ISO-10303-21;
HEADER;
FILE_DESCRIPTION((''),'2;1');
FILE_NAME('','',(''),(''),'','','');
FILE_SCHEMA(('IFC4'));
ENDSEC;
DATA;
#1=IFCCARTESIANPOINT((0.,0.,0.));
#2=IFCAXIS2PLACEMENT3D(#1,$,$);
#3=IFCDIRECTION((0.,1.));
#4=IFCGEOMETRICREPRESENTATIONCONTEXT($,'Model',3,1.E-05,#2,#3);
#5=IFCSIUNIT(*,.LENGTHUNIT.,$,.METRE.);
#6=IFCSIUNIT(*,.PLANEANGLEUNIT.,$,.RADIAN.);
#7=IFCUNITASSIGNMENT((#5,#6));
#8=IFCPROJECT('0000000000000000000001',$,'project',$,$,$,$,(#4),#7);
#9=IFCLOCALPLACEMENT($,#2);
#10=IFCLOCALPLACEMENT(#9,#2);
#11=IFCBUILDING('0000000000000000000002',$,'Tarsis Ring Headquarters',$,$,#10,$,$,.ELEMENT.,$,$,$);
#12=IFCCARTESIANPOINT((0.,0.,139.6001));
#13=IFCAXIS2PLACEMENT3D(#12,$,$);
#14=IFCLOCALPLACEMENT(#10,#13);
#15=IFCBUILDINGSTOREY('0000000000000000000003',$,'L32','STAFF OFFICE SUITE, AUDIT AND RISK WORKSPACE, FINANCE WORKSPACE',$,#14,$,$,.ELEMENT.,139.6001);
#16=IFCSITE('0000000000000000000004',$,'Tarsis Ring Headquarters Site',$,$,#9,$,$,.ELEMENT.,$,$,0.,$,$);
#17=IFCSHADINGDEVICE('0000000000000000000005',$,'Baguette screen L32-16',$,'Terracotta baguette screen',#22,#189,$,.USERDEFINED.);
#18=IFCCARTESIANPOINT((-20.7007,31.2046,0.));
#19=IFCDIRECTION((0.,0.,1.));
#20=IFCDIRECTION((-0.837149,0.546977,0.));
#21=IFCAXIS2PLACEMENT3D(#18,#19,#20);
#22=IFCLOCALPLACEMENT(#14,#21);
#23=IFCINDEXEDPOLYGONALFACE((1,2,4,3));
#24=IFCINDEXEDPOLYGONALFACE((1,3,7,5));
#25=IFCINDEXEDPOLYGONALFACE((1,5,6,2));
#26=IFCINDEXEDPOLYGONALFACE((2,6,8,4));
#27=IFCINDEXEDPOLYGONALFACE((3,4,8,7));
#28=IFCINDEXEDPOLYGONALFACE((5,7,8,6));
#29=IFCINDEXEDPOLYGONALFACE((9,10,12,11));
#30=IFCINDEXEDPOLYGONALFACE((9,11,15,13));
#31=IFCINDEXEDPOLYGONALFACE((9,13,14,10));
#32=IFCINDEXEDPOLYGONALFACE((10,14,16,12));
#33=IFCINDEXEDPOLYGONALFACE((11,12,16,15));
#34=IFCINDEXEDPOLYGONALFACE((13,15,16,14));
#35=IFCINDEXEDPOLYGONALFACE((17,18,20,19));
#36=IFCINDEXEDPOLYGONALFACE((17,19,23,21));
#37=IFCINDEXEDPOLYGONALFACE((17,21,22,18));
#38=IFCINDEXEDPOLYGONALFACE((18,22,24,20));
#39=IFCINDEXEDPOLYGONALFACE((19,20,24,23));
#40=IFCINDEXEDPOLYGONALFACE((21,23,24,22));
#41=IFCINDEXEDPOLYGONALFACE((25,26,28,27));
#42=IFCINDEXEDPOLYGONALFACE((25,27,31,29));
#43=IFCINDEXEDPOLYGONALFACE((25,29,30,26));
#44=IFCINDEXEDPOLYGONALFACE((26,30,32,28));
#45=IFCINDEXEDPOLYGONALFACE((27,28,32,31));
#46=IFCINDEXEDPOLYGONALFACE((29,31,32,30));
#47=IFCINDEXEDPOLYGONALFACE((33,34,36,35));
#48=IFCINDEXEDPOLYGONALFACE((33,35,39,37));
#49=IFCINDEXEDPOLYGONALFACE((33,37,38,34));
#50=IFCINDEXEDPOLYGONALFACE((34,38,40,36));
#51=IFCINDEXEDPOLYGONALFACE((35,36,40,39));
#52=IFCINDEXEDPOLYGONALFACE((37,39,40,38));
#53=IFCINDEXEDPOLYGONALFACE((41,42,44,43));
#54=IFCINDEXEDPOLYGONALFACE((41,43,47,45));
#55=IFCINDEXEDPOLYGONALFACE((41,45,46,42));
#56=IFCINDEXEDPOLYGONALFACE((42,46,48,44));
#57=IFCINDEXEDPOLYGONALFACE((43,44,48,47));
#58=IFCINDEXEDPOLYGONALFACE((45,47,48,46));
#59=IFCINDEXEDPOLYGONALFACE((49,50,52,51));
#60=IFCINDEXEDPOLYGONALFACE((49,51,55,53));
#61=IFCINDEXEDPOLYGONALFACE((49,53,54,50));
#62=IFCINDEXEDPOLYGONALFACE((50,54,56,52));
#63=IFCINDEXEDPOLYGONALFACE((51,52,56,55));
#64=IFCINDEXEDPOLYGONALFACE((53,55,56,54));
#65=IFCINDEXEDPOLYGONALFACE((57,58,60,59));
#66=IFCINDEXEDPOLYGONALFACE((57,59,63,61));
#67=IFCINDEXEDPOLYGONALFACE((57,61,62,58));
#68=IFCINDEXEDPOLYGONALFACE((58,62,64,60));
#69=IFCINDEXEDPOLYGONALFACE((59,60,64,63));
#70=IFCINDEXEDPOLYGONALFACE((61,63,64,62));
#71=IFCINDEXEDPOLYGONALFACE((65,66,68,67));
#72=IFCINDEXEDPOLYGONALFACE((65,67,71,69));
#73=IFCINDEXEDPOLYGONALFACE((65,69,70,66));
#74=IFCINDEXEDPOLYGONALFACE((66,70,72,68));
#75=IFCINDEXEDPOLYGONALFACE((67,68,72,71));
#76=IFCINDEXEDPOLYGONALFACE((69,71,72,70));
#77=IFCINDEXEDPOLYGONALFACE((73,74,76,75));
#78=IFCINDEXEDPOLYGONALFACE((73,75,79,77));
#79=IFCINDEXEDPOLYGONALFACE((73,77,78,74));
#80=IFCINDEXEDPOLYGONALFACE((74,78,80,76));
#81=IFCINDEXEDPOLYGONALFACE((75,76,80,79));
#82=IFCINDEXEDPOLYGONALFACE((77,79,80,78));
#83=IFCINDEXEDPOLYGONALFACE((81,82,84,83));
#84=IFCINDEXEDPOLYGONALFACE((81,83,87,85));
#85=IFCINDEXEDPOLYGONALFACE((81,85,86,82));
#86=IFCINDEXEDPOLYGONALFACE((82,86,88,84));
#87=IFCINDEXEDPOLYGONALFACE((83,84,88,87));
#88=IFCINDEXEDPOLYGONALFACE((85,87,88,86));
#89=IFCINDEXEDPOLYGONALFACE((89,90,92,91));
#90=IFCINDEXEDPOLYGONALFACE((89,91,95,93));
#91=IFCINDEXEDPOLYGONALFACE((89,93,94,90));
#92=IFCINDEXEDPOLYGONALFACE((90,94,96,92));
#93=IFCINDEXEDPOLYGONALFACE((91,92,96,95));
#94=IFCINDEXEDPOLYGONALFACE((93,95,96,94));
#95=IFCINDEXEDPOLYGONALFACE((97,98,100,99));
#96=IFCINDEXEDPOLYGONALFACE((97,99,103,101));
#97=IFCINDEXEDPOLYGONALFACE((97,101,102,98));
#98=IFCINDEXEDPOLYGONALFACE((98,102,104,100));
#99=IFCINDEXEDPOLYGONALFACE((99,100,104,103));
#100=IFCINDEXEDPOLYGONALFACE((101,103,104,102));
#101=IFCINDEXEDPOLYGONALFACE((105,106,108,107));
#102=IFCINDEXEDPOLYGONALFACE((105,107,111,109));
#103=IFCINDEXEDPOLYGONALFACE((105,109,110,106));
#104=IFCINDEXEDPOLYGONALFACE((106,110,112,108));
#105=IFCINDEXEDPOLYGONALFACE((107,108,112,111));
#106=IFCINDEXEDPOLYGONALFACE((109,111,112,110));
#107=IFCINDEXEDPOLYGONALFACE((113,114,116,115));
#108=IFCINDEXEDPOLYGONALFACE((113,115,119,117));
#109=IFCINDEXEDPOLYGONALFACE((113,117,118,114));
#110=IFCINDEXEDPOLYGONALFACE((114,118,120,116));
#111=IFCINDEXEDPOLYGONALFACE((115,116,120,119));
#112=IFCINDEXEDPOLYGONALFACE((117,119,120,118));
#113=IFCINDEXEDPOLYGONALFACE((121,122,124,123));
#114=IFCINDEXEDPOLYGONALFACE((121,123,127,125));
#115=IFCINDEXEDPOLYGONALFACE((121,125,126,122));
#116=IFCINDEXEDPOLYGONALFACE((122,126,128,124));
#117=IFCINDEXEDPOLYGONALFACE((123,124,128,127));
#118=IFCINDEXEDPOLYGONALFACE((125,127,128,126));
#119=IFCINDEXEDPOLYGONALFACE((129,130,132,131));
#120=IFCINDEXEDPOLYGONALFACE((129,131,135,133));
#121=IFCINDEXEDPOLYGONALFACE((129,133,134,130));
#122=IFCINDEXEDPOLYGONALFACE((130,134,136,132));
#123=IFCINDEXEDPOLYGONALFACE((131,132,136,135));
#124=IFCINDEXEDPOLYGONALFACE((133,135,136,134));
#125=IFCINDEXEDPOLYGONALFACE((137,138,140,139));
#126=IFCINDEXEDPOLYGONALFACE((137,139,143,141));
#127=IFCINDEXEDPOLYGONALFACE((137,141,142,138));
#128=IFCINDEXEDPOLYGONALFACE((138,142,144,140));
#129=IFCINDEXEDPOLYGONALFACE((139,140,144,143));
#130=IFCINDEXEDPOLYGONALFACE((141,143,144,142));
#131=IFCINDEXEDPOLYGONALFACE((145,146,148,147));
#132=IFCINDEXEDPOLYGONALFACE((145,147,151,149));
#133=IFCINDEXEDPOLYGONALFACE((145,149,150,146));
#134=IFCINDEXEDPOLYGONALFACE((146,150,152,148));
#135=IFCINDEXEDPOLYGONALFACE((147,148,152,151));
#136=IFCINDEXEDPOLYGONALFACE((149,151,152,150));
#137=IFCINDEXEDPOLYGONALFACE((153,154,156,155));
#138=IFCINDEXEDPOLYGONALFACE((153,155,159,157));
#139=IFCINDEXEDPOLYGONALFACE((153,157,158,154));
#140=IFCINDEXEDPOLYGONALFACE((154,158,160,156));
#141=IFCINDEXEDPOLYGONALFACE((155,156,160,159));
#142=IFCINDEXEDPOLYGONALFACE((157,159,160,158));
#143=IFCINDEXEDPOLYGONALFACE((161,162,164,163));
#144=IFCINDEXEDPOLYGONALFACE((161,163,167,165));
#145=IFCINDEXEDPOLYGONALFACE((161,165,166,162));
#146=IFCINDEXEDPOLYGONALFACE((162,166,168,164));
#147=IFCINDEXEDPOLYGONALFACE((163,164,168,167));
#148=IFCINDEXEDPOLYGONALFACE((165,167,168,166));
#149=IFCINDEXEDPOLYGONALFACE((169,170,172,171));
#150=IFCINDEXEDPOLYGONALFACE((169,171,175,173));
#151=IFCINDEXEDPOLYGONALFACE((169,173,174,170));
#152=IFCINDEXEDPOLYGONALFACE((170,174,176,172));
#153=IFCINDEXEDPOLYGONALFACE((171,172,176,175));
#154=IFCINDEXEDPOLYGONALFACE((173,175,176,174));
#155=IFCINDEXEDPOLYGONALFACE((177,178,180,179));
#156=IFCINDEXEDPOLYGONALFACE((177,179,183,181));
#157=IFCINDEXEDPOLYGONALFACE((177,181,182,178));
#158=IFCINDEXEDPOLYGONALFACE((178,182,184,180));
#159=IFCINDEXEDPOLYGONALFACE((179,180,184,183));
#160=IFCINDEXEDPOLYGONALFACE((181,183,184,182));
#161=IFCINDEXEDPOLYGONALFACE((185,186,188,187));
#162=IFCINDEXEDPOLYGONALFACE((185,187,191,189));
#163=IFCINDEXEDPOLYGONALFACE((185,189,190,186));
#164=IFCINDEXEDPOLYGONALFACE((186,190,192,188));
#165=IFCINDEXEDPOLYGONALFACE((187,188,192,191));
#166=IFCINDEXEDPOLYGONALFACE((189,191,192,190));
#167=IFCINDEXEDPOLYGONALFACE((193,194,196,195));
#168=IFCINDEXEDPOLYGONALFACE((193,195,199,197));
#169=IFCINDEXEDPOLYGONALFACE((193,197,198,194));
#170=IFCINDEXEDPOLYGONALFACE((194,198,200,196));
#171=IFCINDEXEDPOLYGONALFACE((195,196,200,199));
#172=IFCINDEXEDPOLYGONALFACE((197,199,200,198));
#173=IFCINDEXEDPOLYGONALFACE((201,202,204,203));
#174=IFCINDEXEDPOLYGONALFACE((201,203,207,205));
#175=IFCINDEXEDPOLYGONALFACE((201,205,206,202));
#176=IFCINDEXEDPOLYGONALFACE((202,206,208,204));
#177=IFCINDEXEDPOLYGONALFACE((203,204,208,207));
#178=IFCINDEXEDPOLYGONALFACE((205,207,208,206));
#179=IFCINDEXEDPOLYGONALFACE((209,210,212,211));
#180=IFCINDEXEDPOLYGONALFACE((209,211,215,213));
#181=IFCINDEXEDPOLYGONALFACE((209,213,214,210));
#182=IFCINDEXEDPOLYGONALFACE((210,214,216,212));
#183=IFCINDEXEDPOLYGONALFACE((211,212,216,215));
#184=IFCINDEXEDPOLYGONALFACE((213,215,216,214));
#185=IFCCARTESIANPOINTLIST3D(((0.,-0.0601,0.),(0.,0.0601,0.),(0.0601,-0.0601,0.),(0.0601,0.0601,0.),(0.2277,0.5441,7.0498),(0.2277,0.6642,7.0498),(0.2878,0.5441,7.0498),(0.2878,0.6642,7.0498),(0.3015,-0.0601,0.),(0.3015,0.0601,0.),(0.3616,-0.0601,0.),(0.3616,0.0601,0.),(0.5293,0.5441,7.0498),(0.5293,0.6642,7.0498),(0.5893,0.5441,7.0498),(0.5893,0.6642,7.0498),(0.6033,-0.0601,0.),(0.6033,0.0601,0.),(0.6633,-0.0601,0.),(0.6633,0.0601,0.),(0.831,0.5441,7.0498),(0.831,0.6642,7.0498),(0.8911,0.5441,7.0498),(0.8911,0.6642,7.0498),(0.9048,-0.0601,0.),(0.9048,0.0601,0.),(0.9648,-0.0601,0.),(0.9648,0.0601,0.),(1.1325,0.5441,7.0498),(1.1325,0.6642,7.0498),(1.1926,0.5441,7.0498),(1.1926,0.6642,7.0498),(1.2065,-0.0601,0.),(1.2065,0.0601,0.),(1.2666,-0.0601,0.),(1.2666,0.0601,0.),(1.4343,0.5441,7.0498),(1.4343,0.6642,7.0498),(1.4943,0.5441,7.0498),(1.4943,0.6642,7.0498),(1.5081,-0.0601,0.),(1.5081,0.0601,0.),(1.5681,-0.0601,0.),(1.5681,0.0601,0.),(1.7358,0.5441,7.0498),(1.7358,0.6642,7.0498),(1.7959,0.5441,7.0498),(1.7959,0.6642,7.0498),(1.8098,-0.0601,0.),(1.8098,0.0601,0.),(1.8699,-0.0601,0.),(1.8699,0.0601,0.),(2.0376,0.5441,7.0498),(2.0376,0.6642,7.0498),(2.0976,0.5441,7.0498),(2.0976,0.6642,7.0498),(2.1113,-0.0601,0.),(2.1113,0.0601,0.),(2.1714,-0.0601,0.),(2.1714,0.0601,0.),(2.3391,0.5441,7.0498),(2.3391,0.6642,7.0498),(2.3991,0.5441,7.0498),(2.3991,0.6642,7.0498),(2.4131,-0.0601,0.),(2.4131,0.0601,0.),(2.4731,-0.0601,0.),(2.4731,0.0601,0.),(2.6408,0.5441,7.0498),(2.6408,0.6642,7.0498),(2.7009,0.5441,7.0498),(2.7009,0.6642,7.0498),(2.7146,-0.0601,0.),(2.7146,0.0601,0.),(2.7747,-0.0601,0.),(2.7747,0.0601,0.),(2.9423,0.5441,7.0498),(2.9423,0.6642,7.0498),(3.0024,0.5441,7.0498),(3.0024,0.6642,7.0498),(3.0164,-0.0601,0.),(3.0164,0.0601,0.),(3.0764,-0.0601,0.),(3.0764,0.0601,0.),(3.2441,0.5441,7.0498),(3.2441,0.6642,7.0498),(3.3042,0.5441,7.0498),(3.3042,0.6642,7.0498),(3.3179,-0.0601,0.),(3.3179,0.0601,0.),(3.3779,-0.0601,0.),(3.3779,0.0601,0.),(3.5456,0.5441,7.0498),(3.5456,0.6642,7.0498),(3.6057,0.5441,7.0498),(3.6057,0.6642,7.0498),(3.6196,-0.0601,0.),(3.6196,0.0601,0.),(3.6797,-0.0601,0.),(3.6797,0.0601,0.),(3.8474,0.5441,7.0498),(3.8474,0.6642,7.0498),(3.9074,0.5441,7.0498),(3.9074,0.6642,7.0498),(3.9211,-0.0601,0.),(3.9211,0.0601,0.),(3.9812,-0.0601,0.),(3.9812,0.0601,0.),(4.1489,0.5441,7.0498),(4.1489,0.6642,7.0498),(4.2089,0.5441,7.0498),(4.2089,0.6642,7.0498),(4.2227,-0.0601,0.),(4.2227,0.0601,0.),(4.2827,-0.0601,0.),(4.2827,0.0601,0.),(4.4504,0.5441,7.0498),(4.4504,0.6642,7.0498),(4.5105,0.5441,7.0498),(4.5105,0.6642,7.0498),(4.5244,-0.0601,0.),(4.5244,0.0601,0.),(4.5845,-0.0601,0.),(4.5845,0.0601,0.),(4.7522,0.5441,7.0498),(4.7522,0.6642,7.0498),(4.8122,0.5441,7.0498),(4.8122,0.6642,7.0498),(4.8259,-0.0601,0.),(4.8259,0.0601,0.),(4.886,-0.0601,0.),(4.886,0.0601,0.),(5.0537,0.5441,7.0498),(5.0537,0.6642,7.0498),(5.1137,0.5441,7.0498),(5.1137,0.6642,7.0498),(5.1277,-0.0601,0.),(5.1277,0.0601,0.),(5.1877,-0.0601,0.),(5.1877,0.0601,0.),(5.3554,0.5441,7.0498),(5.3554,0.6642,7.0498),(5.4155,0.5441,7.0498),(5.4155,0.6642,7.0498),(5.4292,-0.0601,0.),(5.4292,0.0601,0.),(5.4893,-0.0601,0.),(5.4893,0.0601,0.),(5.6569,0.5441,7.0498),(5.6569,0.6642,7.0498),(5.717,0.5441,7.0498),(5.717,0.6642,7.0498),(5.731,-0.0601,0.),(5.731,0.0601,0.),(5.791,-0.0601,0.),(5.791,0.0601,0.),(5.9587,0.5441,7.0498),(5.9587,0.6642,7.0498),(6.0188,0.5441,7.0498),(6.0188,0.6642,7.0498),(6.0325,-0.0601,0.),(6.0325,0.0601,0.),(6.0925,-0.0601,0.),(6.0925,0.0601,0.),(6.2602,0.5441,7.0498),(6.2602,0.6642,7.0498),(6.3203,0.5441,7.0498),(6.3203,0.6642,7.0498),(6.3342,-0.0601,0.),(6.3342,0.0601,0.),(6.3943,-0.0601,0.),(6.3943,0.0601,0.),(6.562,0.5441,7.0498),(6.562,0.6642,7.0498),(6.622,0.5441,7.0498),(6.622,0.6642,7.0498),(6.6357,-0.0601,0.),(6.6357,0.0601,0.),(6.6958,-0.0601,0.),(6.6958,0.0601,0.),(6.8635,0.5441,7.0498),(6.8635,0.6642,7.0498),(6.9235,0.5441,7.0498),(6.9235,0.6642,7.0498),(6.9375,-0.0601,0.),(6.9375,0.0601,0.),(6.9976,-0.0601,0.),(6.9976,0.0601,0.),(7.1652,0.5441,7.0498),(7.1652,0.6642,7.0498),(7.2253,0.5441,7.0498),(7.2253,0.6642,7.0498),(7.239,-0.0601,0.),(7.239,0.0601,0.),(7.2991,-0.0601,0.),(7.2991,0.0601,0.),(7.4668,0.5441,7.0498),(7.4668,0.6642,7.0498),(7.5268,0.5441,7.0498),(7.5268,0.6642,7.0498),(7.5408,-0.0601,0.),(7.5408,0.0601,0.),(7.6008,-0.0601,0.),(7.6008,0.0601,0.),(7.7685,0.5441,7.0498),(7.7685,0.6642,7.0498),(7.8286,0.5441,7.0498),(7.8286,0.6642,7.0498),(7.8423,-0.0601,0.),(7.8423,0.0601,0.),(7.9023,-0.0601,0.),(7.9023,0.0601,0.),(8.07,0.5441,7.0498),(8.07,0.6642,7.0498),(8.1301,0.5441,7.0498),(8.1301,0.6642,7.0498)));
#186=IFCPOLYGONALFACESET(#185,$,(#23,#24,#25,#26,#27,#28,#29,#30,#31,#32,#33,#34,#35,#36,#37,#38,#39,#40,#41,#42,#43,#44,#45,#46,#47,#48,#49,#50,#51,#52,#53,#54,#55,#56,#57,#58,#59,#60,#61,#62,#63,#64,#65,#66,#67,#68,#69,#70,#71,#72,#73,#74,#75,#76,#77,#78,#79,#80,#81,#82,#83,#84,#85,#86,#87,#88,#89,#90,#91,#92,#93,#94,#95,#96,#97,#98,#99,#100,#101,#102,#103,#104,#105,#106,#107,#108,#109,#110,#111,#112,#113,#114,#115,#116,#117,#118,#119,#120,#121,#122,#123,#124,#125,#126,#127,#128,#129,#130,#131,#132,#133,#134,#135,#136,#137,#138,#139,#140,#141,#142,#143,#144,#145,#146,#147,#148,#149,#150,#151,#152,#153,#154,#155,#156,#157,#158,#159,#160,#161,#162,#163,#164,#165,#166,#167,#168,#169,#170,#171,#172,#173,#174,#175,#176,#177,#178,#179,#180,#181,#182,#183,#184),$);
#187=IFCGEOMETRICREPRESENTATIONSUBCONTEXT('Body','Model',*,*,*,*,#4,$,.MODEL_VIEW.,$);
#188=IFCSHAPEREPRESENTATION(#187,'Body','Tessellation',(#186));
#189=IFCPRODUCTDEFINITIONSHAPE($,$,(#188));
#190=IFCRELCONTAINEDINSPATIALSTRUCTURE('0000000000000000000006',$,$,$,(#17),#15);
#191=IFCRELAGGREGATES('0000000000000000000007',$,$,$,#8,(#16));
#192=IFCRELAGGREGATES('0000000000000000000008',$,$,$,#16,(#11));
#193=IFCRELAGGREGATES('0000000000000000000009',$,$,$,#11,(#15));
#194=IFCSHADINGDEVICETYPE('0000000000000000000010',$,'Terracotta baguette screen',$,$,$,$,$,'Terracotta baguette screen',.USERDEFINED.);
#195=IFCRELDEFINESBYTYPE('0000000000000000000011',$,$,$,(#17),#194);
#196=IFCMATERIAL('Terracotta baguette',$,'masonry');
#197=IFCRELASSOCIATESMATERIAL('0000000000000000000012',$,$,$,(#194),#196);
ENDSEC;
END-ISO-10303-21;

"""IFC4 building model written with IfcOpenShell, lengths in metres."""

from ifc_helpers import new_model, si_unit, direction, frame, frame_2d, origin, place, context, subcontext, project, spatial, rectangle, composite_profile, extrude, material, type_object, element, save


model = new_model("IFC4")

# Units and contexts
model_context = context("Model", 3, precision=1e-05, world=origin(), true_north=direction((0.0, 1.0)))
body_context = subcontext(model_context, "Body", "Model", "MODEL_VIEW")
ifc_project = project(units=[si_unit("LENGTHUNIT", "METRE"), si_unit("PLANEANGLEUNIT", "RADIAN")], contexts=[model_context])

# Site, building, storey
site_placement = place(None, origin())
site = spatial("IfcSite", under=ifc_project, at=site_placement, Name="Tarsis Ring Headquarters Site", CompositionType="ELEMENT", RefElevation=0.0)
building_placement = place(site_placement, origin())
building = spatial("IfcBuilding", under=site, at=building_placement, Name="Tarsis Ring Headquarters", CompositionType="ELEMENT")
storey_placement = place(building_placement, frame((0.0, 0.0, 139.6001)))
storey = spatial("IfcBuildingStorey", under=building, at=storey_placement, Name="L32", Description="STAFF OFFICE SUITE, AUDIT AND RISK WORKSPACE, FINANCE WORKSPACE", CompositionType="ELEMENT", Elevation=139.6001)

# Shading device
ifc_material_1 = material(Name="Terracotta baguette", Category="masonry")
shading_device_type_1 = type_object("IfcShadingDeviceType", Name="Terracotta baguette screen", ElementType="Terracotta baguette screen", PredefinedType="USERDEFINED", material=ifc_material_1)
shading_device_1_placement = place(storey_placement, frame((-20.7007, 31.2046, 0.0), z_axis=(0.0, 0.0, 1.0), x_axis=(-0.837149, 0.546977, 0.0)))
element("IfcShadingDevice", 1, at=shading_device_1_placement, inside=storey, type_object=shading_device_type_1, Name="Baguette screen L32-16", ObjectType="Terracotta baguette screen", PredefinedType="USERDEFINED", context=body_context, shape_type="SweptSolid", body=[
    extrude(composite_profile([rectangle(XDim=0.0601, YDim=0.1201, at=frame_2d((0.03, 0.0))), rectangle(XDim=0.0601, YDim=0.1201, at=frame_2d((0.3315, 0.0))), rectangle(XDim=0.0601, YDim=0.1201, at=frame_2d((0.6333, 0.0))), rectangle(XDim=0.0601, YDim=0.1201, at=frame_2d((0.9348, 0.0))), rectangle(XDim=0.0601, YDim=0.1201, at=frame_2d((1.2366, 0.0))), rectangle(XDim=0.0601, YDim=0.1201, at=frame_2d((1.5381, 0.0))), rectangle(XDim=0.0601, YDim=0.1201, at=frame_2d((1.8398, 0.0))), rectangle(XDim=0.0601, YDim=0.1201, at=frame_2d((2.1414, 0.0))), rectangle(XDim=0.0601, YDim=0.1201, at=frame_2d((2.4431, 0.0))), rectangle(XDim=0.0601, YDim=0.1201, at=frame_2d((2.7446, 0.0))), rectangle(XDim=0.0601, YDim=0.1201, at=frame_2d((3.0464, 0.0))), rectangle(XDim=0.0601, YDim=0.1201, at=frame_2d((3.3479, 0.0))), rectangle(XDim=0.0601, YDim=0.1201, at=frame_2d((3.6497, 0.0))), rectangle(XDim=0.0601, YDim=0.1201, at=frame_2d((3.9512, 0.0))), rectangle(XDim=0.0601, YDim=0.1201, at=frame_2d((4.2527, 0.0))), rectangle(XDim=0.0601, YDim=0.1201, at=frame_2d((4.5544, 0.0))), rectangle(XDim=0.0601, YDim=0.1201, at=frame_2d((4.856, 0.0))), rectangle(XDim=0.0601, YDim=0.1201, at=frame_2d((5.1577, 0.0))), rectangle(XDim=0.0601, YDim=0.1201, at=frame_2d((5.4592, 0.0))), rectangle(XDim=0.0601, YDim=0.1201, at=frame_2d((5.761, 0.0))), rectangle(XDim=0.0601, YDim=0.1201, at=frame_2d((6.0625, 0.0))), rectangle(XDim=0.0601, YDim=0.1201, at=frame_2d((6.3643, 0.0))), rectangle(XDim=0.0601, YDim=0.1201, at=frame_2d((6.6658, 0.0))), rectangle(XDim=0.0601, YDim=0.1201, at=frame_2d((6.9675, 0.0))), rectangle(XDim=0.0601, YDim=0.1201, at=frame_2d((7.269, 0.0))), rectangle(XDim=0.0601, YDim=0.1201, at=frame_2d((7.5708, 0.0))), rectangle(XDim=0.0601, YDim=0.1201, at=frame_2d((7.8723, 0.0)))]), origin(), (0.03217, 0.085345, 0.995832), 7.0793),
])

save(model, "model.ifc")
